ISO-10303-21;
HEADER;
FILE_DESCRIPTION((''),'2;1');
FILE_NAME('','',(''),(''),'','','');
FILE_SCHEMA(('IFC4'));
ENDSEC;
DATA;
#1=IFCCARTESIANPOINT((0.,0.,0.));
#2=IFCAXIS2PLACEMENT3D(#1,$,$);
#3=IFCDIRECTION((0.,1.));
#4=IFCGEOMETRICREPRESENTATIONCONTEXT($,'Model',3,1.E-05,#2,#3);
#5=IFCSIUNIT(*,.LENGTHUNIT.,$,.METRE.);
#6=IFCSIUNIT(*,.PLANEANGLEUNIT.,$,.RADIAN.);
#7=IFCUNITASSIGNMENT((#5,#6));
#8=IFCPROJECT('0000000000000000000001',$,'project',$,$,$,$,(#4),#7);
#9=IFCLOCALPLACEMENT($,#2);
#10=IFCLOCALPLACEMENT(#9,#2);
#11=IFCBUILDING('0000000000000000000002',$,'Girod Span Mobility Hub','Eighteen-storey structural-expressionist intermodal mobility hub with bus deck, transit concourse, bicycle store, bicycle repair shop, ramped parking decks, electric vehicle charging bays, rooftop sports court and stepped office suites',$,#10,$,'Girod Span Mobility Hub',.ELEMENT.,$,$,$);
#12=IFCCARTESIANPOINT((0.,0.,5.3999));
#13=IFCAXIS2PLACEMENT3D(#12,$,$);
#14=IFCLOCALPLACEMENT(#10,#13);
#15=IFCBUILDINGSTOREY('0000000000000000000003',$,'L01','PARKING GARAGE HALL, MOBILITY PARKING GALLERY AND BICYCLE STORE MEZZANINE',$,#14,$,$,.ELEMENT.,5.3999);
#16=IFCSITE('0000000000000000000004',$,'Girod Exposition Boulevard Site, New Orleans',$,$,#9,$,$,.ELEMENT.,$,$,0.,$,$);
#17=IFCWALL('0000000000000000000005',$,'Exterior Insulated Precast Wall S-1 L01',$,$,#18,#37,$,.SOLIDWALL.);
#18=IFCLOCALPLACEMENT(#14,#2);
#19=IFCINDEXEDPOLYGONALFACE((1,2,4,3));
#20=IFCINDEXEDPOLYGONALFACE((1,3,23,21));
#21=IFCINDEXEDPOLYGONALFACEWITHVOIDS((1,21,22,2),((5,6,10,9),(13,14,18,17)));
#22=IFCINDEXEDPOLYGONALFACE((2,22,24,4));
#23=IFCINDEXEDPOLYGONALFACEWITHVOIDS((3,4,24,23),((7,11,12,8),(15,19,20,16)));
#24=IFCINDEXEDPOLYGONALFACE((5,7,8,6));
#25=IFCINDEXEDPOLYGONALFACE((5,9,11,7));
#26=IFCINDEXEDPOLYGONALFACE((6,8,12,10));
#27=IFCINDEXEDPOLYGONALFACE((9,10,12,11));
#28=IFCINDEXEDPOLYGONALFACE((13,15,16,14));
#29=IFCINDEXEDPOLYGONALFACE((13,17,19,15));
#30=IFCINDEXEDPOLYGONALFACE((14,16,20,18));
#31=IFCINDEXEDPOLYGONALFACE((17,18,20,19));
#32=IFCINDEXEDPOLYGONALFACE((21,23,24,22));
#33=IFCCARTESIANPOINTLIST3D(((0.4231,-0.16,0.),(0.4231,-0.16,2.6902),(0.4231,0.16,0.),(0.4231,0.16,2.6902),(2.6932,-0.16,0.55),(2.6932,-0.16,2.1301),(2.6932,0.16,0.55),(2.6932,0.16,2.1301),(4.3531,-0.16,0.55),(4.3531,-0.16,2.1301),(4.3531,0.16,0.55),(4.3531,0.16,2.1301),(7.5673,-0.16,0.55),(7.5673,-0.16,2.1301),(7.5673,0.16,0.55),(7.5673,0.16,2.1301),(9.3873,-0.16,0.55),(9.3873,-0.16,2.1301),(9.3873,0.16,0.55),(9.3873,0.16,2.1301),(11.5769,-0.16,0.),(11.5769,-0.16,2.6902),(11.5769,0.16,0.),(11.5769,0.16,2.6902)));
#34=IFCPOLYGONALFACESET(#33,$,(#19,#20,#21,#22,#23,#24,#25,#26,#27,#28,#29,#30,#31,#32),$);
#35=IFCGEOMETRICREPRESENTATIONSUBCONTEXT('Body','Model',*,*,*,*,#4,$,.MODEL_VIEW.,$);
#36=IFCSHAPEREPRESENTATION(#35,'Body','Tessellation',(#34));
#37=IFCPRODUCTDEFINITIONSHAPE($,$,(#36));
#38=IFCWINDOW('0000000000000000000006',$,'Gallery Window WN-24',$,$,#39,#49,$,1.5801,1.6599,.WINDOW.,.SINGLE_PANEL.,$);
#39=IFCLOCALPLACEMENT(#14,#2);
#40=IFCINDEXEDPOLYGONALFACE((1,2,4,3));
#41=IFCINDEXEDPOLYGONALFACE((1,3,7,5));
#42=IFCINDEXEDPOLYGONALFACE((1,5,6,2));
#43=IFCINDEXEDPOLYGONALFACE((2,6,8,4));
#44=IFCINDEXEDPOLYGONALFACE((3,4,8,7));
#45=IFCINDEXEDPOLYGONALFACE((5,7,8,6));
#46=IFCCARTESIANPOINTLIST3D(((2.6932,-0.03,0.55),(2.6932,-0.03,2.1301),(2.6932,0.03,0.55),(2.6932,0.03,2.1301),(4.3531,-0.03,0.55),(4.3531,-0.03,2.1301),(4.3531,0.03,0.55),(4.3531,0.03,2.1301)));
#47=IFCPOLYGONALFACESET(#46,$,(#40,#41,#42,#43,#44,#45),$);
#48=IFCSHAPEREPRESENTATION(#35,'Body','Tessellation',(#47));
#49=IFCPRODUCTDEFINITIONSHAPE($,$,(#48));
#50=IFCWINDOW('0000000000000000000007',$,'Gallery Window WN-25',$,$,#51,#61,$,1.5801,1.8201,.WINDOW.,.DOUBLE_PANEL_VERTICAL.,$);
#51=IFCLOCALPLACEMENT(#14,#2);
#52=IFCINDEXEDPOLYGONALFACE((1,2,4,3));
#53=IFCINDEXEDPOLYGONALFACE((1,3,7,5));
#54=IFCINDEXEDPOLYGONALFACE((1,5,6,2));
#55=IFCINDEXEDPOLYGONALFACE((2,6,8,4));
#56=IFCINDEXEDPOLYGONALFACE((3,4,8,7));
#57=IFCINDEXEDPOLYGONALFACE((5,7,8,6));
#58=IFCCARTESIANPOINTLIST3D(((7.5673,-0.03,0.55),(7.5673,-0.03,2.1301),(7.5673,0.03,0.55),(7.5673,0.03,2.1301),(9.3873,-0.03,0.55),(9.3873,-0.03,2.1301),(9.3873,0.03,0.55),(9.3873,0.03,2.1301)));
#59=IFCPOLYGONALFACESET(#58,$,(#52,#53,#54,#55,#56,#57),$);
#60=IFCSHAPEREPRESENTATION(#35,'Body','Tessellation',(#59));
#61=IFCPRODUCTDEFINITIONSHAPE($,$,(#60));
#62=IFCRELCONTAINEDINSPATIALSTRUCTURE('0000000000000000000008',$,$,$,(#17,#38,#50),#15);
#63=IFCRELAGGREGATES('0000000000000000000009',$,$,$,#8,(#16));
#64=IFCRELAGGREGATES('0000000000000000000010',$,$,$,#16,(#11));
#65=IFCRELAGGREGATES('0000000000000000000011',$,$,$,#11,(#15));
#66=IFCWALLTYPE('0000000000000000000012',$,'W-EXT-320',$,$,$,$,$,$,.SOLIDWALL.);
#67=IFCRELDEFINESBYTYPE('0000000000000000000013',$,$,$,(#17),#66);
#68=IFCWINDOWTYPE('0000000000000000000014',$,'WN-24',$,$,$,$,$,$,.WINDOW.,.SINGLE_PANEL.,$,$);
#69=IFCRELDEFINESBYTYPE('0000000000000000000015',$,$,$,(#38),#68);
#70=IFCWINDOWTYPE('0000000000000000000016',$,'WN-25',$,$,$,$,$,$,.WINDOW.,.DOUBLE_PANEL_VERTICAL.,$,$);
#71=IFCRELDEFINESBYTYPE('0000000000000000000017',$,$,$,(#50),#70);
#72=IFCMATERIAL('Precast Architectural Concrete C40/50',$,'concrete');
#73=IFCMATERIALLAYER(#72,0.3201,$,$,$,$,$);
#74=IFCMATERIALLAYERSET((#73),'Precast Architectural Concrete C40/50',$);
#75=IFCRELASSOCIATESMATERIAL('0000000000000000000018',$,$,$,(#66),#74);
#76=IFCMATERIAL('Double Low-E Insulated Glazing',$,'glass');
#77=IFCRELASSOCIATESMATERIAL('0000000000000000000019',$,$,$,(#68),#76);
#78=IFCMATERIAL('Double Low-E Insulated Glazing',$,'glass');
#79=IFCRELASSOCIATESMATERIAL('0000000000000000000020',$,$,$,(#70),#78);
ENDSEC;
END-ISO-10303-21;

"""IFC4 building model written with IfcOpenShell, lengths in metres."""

from ifc_helpers import new_model, si_unit, direction, frame, frame_2d, origin, place, context, subcontext, project, spatial, rectangle, extrude, material, layer, layer_set, type_object, element, fill, save


model = new_model("IFC4")

# Units and contexts
model_context = context("Model", 3, precision=1e-05, world=origin(), true_north=direction((0.0, 1.0)))
body_context = subcontext(model_context, "Body", "Model", "MODEL_VIEW")
ifc_project = project(units=[si_unit("LENGTHUNIT", "METRE"), si_unit("PLANEANGLEUNIT", "RADIAN")], contexts=[model_context])

# Site, building, storey
site_placement = place(None, origin())
site = spatial("IfcSite", under=ifc_project, at=site_placement, Name="Girod Exposition Boulevard Site, New Orleans", CompositionType="ELEMENT", RefElevation=0.0)
building_placement = place(site_placement, origin())
building = spatial("IfcBuilding", under=site, at=building_placement, Name="Girod Span Mobility Hub", Description="Eighteen-storey structural-expressionist intermodal mobility hub with bus deck, transit concourse, bicycle store, bicycle repair shop, ramped parking decks, electric vehicle charging bays, rooftop sports court and stepped office suites", LongName="Girod Span Mobility Hub", CompositionType="ELEMENT")
storey_placement = place(building_placement, frame((0.0, 0.0, 5.3999)))
storey = spatial("IfcBuildingStorey", under=building, at=storey_placement, Name="L01", Description="PARKING GARAGE HALL, MOBILITY PARKING GALLERY AND BICYCLE STORE MEZZANINE", CompositionType="ELEMENT", Elevation=5.3999)

# Wall, openings, windows
ifc_material_1 = material(Name="Precast Architectural Concrete C40/50", Category="concrete")
ifc_layer_1 = layer(ifc_material_1, 0.3201)
ifc_layer_set_1 = layer_set([ifc_layer_1], Name="Precast Architectural Concrete C40/50")
wall_type = type_object("IfcWallType", Name="W-EXT-320", PredefinedType="SOLIDWALL", material=ifc_layer_set_1)
wall_placement = place(storey_placement, frame((0.4231, 0.0, 0.0), z_axis=(0.0, 0.0, 1.0), x_axis=(1.0, 0.0, 0.0)))
wall = element("IfcWall", 1, at=wall_placement, inside=storey, type_object=wall_type, Name="Exterior Insulated Precast Wall S-1 L01", PredefinedType="SOLIDWALL", context=body_context, shape_type="SweptSolid", body=[
    extrude(rectangle(XDim=11.1538, YDim=0.3201, at=frame_2d((5.5769, 0.0))), origin(), (0.0, 0.0, 1.0), 2.6902),
])
opening_1_placement = place(wall_placement, frame((2.27, 0.0, 0.55)))
opening_1 = element("IfcOpeningElement", 2, at=opening_1_placement, cuts=wall, PredefinedType="OPENING", context=body_context, shape_type="SweptSolid", body=[
    extrude(rectangle(XDim=1.6599, YDim=1.5801, at=frame_2d((0.8301, 0.79))), frame((0.0, 0.175, 0.0), z_axis=(0.0, -1.0, 0.0), x_axis=(1.0, 0.0, 0.0)), (0.0, 0.0, 1.0), 0.3501),
])
opening_2_placement = place(wall_placement, frame((7.144, 0.0, 0.55)))
opening_2 = element("IfcOpeningElement", 3, at=opening_2_placement, cuts=wall, PredefinedType="OPENING", context=body_context, shape_type="SweptSolid", body=[
    extrude(rectangle(XDim=1.8201, YDim=1.5801, at=frame_2d((0.9102, 0.79))), frame((0.0, 0.175, 0.0), z_axis=(0.0, -1.0, 0.0), x_axis=(1.0, 0.0, 0.0)), (0.0, 0.0, 1.0), 0.3501),
])
ifc_material_2 = material(Name="Double Low-E Insulated Glazing", Category="glass")
window_type_1 = type_object("IfcWindowType", Name="WN-24", PartitioningType="SINGLE_PANEL", PredefinedType="WINDOW", material=ifc_material_2)
window_1_placement = place(opening_1_placement, origin())
window_1 = element("IfcWindow", 4, at=window_1_placement, inside=storey, type_object=window_type_1, Name="Gallery Window WN-24", OverallHeight=1.5801, OverallWidth=1.6599, PartitioningType="SINGLE_PANEL", PredefinedType="WINDOW", context=body_context, shape_type="SweptSolid", body=[
    extrude(rectangle(XDim=1.6599, YDim=1.5801, at=frame_2d((0.8301, 0.79))), frame((0.0, 0.03, 0.0), z_axis=(0.0, -1.0, 0.0), x_axis=(1.0, 0.0, 0.0)), (0.0, 0.0, 1.0), 0.0601),
])
fill(opening_1, window_1)
ifc_material_3 = material(Name="Double Low-E Insulated Glazing", Category="glass")
window_type_2 = type_object("IfcWindowType", Name="WN-25", PartitioningType="DOUBLE_PANEL_VERTICAL", PredefinedType="WINDOW", material=ifc_material_3)
window_2_placement = place(opening_2_placement, origin())
window_2 = element("IfcWindow", 5, at=window_2_placement, inside=storey, type_object=window_type_2, Name="Gallery Window WN-25", OverallHeight=1.5801, OverallWidth=1.8201, PartitioningType="DOUBLE_PANEL_VERTICAL", PredefinedType="WINDOW", context=body_context, shape_type="SweptSolid", body=[
    extrude(rectangle(XDim=1.8201, YDim=1.5801, at=frame_2d((0.9102, 0.79))), frame((0.0, 0.03, 0.0), z_axis=(0.0, -1.0, 0.0), x_axis=(1.0, 0.0, 0.0)), (0.0, 0.0, 1.0), 0.0601),
])
fill(opening_2, window_2)

save(model, "model.ifc")
